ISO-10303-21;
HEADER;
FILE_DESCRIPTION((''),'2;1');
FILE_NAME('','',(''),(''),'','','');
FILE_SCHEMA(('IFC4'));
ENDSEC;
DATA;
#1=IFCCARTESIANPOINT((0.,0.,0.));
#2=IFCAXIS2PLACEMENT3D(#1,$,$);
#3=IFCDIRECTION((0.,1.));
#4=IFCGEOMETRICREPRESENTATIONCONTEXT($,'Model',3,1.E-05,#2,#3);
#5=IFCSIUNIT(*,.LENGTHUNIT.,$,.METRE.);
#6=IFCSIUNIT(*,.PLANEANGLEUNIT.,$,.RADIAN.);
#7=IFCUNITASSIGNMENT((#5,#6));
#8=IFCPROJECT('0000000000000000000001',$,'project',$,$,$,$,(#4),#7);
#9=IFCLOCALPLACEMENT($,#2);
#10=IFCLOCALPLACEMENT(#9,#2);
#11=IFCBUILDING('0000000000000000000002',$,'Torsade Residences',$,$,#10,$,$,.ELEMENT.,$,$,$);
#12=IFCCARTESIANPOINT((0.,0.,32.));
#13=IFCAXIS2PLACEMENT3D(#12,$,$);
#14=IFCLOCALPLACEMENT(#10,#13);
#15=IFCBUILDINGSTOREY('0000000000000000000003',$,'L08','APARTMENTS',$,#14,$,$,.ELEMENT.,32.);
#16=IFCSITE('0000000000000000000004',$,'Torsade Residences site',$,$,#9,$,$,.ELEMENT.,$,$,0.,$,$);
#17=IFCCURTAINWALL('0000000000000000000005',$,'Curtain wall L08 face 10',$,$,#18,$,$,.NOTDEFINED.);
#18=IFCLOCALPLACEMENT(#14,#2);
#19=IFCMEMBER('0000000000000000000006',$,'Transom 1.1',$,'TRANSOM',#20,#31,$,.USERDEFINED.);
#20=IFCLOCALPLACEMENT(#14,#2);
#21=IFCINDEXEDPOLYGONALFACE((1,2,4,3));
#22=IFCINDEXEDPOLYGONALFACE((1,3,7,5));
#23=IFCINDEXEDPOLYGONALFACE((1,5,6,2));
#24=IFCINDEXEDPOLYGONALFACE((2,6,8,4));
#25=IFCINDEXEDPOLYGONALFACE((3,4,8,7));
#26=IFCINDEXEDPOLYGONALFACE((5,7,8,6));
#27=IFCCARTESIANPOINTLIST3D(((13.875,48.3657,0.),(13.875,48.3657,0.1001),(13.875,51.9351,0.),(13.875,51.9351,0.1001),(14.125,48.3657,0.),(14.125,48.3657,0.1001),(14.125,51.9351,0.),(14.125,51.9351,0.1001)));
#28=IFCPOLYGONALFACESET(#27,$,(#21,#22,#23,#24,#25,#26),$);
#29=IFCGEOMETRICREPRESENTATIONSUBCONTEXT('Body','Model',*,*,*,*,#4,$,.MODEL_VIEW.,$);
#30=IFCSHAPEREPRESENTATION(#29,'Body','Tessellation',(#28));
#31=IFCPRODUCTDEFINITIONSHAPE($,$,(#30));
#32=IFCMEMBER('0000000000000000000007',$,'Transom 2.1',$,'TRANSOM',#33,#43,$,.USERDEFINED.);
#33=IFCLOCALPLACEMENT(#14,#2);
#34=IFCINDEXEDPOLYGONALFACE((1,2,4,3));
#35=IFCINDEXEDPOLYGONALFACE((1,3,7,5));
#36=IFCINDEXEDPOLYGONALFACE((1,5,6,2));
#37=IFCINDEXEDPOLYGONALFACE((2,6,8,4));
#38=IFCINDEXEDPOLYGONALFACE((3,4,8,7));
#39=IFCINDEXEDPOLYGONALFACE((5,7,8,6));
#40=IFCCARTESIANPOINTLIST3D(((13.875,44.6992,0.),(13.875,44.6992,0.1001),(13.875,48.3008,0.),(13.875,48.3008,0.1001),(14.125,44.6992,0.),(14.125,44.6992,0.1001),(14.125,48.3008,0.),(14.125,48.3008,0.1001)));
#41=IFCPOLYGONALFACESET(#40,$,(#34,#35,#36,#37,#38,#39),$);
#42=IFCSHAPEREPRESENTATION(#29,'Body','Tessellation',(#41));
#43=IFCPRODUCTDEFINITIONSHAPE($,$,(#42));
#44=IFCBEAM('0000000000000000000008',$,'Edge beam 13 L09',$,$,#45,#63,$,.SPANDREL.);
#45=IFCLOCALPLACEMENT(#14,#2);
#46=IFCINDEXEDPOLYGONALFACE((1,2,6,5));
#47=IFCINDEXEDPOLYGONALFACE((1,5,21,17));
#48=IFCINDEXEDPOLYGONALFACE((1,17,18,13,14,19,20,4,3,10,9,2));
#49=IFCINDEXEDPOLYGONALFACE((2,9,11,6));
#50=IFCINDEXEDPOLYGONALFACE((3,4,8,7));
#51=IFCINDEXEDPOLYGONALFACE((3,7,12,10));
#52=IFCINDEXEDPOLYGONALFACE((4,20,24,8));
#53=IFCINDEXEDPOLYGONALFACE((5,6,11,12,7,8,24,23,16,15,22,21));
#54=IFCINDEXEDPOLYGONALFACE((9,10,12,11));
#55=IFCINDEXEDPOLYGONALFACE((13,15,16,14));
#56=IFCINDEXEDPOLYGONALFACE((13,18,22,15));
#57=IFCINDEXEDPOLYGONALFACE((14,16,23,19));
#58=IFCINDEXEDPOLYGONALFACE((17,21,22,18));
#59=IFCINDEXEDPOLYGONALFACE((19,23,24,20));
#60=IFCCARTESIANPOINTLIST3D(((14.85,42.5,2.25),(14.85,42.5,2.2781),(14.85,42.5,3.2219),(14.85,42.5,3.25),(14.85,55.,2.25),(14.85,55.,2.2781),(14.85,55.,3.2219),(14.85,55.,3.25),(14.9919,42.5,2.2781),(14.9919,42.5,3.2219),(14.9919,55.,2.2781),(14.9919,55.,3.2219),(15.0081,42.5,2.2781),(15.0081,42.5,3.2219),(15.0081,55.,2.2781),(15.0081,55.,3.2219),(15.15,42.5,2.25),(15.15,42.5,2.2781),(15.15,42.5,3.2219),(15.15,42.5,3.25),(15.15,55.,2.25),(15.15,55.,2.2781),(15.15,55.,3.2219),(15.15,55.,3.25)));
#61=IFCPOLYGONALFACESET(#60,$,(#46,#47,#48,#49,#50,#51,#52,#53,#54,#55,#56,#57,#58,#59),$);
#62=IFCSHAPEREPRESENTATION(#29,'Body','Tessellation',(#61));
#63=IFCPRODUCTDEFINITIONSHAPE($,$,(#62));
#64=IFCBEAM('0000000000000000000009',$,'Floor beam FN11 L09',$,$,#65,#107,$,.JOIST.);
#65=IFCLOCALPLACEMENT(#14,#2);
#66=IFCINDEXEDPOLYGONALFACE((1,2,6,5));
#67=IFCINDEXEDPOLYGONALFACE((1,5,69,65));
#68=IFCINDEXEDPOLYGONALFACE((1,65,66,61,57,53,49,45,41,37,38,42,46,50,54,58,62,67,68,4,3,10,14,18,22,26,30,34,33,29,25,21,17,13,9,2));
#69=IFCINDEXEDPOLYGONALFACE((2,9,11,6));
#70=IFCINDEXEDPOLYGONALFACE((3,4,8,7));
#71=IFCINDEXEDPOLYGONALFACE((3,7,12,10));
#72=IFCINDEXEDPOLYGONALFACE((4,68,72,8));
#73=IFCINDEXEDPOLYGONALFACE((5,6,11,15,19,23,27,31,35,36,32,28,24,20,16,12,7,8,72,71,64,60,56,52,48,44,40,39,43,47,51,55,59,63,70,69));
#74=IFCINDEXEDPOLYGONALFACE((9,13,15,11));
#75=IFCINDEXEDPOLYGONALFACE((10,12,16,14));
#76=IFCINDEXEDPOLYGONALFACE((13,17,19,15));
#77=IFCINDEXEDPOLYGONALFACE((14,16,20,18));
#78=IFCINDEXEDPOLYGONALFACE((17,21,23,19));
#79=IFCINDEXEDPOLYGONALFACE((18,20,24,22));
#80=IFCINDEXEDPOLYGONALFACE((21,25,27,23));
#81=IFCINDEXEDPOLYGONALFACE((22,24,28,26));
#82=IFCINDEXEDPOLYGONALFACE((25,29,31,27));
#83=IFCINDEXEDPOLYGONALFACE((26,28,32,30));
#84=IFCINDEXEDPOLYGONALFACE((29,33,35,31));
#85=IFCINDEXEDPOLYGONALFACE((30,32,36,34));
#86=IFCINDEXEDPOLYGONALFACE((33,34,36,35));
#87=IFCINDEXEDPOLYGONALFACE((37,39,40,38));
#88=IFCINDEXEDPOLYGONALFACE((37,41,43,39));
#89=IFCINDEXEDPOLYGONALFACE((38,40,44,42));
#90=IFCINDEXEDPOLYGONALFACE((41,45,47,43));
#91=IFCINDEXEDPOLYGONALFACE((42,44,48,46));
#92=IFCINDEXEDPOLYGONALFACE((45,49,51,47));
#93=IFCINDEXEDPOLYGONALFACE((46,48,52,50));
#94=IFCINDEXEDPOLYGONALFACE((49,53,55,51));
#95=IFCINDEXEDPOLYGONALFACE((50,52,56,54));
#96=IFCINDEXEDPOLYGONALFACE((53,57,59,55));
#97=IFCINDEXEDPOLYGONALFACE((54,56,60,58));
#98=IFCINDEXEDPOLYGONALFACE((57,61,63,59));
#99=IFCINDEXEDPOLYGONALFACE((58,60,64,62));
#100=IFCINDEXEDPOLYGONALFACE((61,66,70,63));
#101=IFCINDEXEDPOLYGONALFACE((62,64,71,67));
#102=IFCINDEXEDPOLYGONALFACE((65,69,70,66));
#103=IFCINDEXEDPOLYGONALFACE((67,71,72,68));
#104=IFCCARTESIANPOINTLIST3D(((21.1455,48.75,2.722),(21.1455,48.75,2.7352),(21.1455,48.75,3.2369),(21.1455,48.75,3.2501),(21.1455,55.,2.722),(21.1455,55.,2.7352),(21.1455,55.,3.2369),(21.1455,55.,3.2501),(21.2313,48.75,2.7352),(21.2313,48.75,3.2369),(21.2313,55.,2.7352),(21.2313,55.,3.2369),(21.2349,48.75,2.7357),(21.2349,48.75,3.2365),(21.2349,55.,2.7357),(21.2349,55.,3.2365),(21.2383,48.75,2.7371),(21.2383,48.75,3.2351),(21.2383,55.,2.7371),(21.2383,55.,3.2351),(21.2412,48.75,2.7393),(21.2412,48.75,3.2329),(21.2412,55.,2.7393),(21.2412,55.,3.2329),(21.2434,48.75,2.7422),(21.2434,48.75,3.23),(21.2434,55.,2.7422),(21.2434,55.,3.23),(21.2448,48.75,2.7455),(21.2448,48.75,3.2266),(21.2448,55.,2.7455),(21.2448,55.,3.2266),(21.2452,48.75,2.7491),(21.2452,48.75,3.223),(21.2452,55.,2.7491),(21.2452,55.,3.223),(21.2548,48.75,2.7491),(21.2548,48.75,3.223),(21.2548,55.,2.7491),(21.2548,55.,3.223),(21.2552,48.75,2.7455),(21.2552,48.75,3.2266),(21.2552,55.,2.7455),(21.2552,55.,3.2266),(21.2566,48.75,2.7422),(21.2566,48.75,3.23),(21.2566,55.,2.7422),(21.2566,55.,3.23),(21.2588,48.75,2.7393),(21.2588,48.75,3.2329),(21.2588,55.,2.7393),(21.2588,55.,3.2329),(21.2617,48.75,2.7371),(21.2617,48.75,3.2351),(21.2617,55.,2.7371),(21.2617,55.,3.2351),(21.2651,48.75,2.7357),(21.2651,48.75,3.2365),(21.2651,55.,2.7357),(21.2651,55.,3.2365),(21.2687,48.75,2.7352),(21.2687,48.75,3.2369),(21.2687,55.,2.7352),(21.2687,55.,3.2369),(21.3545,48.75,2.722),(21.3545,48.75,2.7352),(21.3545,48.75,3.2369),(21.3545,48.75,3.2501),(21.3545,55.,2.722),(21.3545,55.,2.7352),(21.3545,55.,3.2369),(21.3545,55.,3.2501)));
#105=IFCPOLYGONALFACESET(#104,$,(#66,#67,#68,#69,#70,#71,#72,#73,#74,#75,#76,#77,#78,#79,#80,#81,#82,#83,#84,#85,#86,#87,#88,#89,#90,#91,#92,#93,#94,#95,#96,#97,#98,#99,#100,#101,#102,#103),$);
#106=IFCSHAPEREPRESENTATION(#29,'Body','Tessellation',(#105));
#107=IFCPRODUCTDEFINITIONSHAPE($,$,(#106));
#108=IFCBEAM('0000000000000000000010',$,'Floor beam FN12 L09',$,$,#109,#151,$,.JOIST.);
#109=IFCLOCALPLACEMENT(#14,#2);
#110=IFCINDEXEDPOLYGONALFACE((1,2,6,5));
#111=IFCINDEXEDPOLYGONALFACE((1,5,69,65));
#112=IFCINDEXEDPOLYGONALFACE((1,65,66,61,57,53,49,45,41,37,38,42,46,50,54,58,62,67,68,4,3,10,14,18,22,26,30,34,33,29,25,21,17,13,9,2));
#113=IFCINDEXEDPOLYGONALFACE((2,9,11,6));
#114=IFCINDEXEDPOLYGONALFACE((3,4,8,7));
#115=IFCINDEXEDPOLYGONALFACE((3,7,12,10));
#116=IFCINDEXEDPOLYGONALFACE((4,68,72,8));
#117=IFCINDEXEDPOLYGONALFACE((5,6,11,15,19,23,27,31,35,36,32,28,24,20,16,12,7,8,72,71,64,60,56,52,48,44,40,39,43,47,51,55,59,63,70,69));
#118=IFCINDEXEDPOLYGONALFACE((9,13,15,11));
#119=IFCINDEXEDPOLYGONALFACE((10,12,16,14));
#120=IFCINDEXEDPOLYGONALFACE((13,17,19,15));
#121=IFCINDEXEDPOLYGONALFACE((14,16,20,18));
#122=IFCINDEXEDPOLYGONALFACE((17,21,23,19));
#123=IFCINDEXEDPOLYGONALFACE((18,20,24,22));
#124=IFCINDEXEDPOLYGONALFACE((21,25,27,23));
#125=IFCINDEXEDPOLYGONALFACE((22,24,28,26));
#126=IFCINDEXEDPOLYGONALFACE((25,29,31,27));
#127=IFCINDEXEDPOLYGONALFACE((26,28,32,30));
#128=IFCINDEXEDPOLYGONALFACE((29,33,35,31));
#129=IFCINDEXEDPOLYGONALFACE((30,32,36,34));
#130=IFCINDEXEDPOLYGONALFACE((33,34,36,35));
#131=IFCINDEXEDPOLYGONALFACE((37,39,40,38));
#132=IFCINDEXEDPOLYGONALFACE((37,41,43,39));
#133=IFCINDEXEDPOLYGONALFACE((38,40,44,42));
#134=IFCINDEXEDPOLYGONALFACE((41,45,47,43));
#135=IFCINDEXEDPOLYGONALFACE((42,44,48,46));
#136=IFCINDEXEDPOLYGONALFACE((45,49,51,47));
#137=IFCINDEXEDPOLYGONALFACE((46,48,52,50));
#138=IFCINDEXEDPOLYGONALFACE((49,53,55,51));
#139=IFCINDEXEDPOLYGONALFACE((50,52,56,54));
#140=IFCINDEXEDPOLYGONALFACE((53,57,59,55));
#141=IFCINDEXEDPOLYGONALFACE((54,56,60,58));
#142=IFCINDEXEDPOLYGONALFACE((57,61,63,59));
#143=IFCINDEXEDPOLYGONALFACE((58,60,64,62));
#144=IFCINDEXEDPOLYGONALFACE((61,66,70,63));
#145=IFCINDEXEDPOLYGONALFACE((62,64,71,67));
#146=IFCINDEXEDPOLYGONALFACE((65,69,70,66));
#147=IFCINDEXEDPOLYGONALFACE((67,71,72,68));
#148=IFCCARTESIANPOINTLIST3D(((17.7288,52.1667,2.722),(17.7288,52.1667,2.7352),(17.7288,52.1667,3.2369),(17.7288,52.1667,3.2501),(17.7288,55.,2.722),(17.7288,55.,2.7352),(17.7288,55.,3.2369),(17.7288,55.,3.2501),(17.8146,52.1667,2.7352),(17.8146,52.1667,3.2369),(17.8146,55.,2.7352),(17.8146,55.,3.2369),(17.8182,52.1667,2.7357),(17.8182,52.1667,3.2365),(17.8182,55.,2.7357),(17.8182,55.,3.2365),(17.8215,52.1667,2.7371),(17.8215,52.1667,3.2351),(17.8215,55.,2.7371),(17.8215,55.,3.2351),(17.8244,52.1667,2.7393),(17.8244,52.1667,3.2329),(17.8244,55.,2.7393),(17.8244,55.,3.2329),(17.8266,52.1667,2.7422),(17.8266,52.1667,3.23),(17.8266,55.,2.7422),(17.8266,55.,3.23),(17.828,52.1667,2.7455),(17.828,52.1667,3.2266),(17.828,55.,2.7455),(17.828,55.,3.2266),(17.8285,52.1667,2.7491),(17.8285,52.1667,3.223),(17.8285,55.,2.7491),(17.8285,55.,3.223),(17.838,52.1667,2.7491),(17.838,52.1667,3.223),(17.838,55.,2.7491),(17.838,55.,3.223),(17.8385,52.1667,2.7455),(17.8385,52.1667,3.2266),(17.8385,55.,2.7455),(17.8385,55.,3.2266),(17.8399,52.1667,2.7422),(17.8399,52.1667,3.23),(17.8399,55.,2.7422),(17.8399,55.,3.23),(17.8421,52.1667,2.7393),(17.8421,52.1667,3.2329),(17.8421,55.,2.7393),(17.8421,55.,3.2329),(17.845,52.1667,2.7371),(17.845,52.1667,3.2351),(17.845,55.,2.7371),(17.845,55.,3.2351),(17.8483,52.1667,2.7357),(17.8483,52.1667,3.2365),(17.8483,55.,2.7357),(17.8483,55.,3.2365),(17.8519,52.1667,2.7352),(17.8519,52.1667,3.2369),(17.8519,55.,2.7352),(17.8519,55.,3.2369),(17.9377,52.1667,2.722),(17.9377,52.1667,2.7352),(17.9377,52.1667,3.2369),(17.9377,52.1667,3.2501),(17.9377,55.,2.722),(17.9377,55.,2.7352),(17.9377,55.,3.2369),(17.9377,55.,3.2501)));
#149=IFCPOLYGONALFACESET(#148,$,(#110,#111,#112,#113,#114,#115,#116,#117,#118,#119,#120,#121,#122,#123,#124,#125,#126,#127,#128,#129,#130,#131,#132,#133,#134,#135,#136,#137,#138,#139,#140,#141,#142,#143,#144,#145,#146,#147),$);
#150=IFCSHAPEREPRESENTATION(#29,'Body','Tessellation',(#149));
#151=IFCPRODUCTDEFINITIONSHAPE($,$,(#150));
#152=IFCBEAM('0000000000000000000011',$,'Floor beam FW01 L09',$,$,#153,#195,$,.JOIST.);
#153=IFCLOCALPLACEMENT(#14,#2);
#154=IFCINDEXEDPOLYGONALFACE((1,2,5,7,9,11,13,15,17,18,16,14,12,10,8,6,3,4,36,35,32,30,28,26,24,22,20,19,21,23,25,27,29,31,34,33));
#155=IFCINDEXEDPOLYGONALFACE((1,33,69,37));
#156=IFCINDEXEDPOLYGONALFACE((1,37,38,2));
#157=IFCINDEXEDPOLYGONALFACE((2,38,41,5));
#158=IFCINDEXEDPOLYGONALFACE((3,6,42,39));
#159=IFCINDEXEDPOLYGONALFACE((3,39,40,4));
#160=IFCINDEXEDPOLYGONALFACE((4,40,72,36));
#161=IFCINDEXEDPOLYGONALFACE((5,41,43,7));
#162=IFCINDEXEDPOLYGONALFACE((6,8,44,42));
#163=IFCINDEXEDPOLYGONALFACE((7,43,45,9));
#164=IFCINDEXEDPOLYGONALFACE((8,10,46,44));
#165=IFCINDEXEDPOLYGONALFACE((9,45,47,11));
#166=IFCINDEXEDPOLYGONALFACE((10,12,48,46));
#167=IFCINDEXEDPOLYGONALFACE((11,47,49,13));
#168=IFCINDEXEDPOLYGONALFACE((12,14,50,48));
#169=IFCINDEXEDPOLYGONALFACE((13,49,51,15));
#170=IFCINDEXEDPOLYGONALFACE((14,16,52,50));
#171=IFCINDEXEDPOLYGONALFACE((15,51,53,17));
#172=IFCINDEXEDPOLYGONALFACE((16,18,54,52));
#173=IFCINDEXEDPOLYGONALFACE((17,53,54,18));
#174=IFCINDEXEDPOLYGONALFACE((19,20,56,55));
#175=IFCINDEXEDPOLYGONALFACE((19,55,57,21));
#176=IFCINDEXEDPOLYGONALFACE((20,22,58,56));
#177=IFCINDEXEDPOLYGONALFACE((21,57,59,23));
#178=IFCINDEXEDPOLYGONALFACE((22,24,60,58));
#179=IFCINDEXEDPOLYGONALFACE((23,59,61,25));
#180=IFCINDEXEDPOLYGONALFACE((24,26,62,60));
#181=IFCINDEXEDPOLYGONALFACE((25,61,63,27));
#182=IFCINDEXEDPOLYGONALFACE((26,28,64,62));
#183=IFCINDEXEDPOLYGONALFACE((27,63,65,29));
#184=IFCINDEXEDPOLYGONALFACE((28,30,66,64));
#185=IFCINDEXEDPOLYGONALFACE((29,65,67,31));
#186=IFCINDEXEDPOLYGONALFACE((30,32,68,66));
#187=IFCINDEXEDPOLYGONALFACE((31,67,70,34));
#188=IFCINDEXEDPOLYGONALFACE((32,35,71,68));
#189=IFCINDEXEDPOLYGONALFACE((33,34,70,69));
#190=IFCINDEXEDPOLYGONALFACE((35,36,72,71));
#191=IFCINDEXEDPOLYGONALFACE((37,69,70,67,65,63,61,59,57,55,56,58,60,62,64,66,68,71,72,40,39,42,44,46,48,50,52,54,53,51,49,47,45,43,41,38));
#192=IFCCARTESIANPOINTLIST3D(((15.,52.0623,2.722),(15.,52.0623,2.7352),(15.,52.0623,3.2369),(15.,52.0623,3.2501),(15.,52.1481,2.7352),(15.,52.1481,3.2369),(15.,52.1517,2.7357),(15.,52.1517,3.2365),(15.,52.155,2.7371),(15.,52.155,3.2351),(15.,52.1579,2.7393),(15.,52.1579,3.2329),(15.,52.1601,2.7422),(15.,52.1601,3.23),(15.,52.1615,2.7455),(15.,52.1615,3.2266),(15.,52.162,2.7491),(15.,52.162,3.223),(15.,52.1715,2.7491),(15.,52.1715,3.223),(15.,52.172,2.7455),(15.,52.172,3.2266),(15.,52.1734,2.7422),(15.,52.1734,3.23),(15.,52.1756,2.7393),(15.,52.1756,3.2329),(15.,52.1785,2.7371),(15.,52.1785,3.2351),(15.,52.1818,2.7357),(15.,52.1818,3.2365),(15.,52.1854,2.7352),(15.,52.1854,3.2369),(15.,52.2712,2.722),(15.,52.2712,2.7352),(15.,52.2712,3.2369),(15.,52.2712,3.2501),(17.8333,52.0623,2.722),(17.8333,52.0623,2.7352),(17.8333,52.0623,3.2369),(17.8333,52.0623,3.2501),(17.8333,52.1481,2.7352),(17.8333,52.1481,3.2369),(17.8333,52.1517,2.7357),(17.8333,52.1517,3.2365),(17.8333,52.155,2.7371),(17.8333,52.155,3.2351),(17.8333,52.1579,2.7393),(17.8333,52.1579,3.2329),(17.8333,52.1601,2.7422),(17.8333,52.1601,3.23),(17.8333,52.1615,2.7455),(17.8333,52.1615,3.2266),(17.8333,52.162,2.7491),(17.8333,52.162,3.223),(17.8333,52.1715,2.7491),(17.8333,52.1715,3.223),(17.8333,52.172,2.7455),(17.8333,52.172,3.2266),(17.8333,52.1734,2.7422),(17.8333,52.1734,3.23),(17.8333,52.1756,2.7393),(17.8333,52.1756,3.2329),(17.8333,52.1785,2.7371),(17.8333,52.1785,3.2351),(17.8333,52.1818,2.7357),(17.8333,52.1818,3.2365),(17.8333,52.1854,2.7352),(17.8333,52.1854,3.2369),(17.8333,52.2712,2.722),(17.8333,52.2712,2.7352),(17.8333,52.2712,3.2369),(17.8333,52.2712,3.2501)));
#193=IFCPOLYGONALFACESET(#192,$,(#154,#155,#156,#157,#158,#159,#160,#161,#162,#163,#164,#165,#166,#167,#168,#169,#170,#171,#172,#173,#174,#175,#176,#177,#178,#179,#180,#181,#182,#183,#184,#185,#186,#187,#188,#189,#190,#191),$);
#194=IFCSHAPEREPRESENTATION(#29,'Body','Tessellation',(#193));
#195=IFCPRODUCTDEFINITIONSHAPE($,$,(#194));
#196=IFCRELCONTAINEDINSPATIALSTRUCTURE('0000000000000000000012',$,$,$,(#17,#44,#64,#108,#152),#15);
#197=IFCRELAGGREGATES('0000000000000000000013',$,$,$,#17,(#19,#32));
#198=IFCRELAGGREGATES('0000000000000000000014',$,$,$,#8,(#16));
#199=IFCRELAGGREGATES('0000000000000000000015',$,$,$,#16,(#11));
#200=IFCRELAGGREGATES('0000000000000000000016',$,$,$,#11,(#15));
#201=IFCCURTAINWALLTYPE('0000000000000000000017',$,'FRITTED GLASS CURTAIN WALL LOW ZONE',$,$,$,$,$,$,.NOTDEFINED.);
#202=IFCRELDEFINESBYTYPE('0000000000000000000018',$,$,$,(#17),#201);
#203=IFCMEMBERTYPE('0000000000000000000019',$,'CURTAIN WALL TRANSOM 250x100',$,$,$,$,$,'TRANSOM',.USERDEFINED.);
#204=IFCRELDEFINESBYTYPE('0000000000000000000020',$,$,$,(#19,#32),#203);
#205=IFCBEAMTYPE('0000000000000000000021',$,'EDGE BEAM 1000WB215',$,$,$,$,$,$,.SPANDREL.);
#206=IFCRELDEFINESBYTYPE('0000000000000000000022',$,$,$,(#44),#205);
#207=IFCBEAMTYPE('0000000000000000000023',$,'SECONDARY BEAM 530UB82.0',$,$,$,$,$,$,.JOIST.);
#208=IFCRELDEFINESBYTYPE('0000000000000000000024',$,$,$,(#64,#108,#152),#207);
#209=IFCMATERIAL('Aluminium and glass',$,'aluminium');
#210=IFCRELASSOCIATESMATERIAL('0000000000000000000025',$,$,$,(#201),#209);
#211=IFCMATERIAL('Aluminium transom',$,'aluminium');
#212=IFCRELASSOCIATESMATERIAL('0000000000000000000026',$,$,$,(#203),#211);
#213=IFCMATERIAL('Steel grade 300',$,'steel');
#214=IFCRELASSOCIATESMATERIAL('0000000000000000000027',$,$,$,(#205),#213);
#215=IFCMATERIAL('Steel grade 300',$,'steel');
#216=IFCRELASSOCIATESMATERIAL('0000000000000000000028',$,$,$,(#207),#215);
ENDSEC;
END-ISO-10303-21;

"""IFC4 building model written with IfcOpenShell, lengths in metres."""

from ifc_helpers import new_model, si_unit, direction, frame, origin, origin_2d, place, context, subcontext, project, spatial, rectangle, i_section, extrude, material, material_profile, profile_set, type_object, element, aggregate, save


model = new_model("IFC4")

# Units and contexts
model_context = context("Model", 3, precision=1e-05, world=origin(), true_north=direction((0.0, 1.0)))
body_context = subcontext(model_context, "Body", "Model", "MODEL_VIEW")
ifc_project = project(units=[si_unit("LENGTHUNIT", "METRE"), si_unit("PLANEANGLEUNIT", "RADIAN")], contexts=[model_context])

# Site, building, storey
site_placement = place(None, origin())
site = spatial("IfcSite", under=ifc_project, at=site_placement, Name="Torsade Residences site", CompositionType="ELEMENT", RefElevation=0.0)
building_placement = place(site_placement, origin())
building = spatial("IfcBuilding", under=site, at=building_placement, Name="Torsade Residences", CompositionType="ELEMENT")
storey_placement = place(building_placement, frame((0.0, 0.0, 32.0)))
storey = spatial("IfcBuildingStorey", under=building, at=storey_placement, Name="L08", Description="APARTMENTS", CompositionType="ELEMENT", Elevation=32.0)

# Curtain wall
ifc_material_1 = material(Name="Aluminium and glass", Category="aluminium")
curtain_wall_type = type_object("IfcCurtainWallType", Name="FRITTED GLASS CURTAIN WALL LOW ZONE", PredefinedType="NOTDEFINED", material=ifc_material_1)
curtain_wall_1_placement = place(storey_placement, origin())
curtain_wall_1 = element("IfcCurtainWall", 1, at=curtain_wall_1_placement, inside=storey, type_object=curtain_wall_type, Name="Curtain wall L08 face 10", PredefinedType="NOTDEFINED")

# Members
ifc_material_2 = material(Name="Aluminium transom", Category="aluminium")
ifc_material_profile_1 = material_profile(ifc_material_2, rectangle(XDim=0.25, YDim=0.1001, at=origin_2d()), Name="CURTAIN WALL TRANSOM 250x100")
ifc_profile_set_1 = profile_set([ifc_material_profile_1], Name="Aluminium transom")
member_type_1 = type_object("IfcMemberType", Name="CURTAIN WALL TRANSOM 250x100", ElementType="TRANSOM", PredefinedType="USERDEFINED", material=ifc_profile_set_1)
member_1_placement = place(storey_placement, frame((14.0, 51.9351, 0.05), z_axis=(0.0, -1.0, 0.0), x_axis=(1.0, 0.0, 0.0)))
member_1 = element("IfcMember", 2, at=member_1_placement, type_object=member_type_1, Name="Transom 1.1", ObjectType="TRANSOM", PredefinedType="USERDEFINED", context=body_context, shape_type="SweptSolid", body=[
    extrude(rectangle(XDim=0.25, YDim=0.1001, at=origin_2d()), origin(), (0.0, 0.0, 1.0), 3.5693),
])
member_2_placement = place(storey_placement, frame((14.0, 48.3008, 0.05), z_axis=(0.0, -1.0, 0.0), x_axis=(1.0, 0.0, 0.0)))
member_2 = element("IfcMember", 3, at=member_2_placement, type_object=member_type_1, Name="Transom 2.1", ObjectType="TRANSOM", PredefinedType="USERDEFINED", context=body_context, shape_type="SweptSolid", body=[
    extrude(rectangle(XDim=0.25, YDim=0.1001, at=origin_2d()), origin(), (0.0, 0.0, 1.0), 3.6016),
])

# Beams
ifc_material_3 = material(Name="Steel grade 300", Category="steel")
ifc_material_profile_2 = material_profile(ifc_material_3, i_section(OverallWidth=0.3, OverallDepth=1.0, WebThickness=0.0161, FlangeThickness=0.0281, at=origin_2d()), Name="1000WB215")
ifc_profile_set_2 = profile_set([ifc_material_profile_2], Name="Steel grade 300")
beam_type_1 = type_object("IfcBeamType", Name="EDGE BEAM 1000WB215", PredefinedType="SPANDREL", material=ifc_profile_set_2)
beam_1_placement = place(storey_placement, frame((15.0, 55.0, 2.75), z_axis=(0.0, -1.0, 0.0), x_axis=(1.0, 0.0, 0.0)))
element("IfcBeam", 4, at=beam_1_placement, inside=storey, type_object=beam_type_1, Name="Edge beam 13 L09", PredefinedType="SPANDREL", context=body_context, shape_type="SweptSolid", body=[
    extrude(i_section(OverallWidth=0.3, OverallDepth=1.0, WebThickness=0.0161, FlangeThickness=0.0281, at=origin_2d()), origin(), (0.0, 0.0, 1.0), 12.5),
])
ifc_material_4 = material(Name="Steel grade 300", Category="steel")
ifc_material_profile_3 = material_profile(ifc_material_4, i_section(OverallWidth=0.209, OverallDepth=0.5281, WebThickness=0.0095, FlangeThickness=0.0132, FilletRadius=0.0139, at=origin_2d()), Name="530UB82.0")
ifc_profile_set_3 = profile_set([ifc_material_profile_3], Name="Steel grade 300")
beam_type_2 = type_object("IfcBeamType", Name="SECONDARY BEAM 530UB82.0", PredefinedType="JOIST", material=ifc_profile_set_3)
beam_2_placement = place(storey_placement, frame((21.25, 55.0, 2.9861), z_axis=(0.0, -1.0, 0.0), x_axis=(1.0, 0.0, 0.0)))
element("IfcBeam", 5, at=beam_2_placement, inside=storey, type_object=beam_type_2, Name="Floor beam FN11 L09", PredefinedType="JOIST", context=body_context, shape_type="SweptSolid", body=[
    extrude(i_section(OverallWidth=0.209, OverallDepth=0.5281, WebThickness=0.0095, FlangeThickness=0.0132, FilletRadius=0.0139, at=origin_2d()), origin(), (0.0, 0.0, 1.0), 6.25),
])
for number, where, z_axis, x_axis, name in (
    (6, (17.8333, 55.0, 2.9861), (0.0, -1.0, 0.0), (1.0, 0.0, 0.0), "Floor beam FN12 L09"),
    (7, (15.0, 52.1667, 2.9861), (1.0, 0.0, 0.0), (0.0, 1.0, 0.0), "Floor beam FW01 L09"),
):
    element("IfcBeam", number, at=place(storey_placement, frame(where, z_axis=z_axis, x_axis=x_axis)), inside=storey, type_object=beam_type_2, Name=name, PredefinedType="JOIST", context=body_context, shape_type="SweptSolid", body=[
        extrude(i_section(OverallWidth=0.209, OverallDepth=0.5281, WebThickness=0.0095, FlangeThickness=0.0132, FilletRadius=0.0139, at=origin_2d()), origin(), (0.0, 0.0, 1.0), 2.8333),
    ])

aggregate(curtain_wall_1, [member_1, member_2])

save(model, "model.ifc")
